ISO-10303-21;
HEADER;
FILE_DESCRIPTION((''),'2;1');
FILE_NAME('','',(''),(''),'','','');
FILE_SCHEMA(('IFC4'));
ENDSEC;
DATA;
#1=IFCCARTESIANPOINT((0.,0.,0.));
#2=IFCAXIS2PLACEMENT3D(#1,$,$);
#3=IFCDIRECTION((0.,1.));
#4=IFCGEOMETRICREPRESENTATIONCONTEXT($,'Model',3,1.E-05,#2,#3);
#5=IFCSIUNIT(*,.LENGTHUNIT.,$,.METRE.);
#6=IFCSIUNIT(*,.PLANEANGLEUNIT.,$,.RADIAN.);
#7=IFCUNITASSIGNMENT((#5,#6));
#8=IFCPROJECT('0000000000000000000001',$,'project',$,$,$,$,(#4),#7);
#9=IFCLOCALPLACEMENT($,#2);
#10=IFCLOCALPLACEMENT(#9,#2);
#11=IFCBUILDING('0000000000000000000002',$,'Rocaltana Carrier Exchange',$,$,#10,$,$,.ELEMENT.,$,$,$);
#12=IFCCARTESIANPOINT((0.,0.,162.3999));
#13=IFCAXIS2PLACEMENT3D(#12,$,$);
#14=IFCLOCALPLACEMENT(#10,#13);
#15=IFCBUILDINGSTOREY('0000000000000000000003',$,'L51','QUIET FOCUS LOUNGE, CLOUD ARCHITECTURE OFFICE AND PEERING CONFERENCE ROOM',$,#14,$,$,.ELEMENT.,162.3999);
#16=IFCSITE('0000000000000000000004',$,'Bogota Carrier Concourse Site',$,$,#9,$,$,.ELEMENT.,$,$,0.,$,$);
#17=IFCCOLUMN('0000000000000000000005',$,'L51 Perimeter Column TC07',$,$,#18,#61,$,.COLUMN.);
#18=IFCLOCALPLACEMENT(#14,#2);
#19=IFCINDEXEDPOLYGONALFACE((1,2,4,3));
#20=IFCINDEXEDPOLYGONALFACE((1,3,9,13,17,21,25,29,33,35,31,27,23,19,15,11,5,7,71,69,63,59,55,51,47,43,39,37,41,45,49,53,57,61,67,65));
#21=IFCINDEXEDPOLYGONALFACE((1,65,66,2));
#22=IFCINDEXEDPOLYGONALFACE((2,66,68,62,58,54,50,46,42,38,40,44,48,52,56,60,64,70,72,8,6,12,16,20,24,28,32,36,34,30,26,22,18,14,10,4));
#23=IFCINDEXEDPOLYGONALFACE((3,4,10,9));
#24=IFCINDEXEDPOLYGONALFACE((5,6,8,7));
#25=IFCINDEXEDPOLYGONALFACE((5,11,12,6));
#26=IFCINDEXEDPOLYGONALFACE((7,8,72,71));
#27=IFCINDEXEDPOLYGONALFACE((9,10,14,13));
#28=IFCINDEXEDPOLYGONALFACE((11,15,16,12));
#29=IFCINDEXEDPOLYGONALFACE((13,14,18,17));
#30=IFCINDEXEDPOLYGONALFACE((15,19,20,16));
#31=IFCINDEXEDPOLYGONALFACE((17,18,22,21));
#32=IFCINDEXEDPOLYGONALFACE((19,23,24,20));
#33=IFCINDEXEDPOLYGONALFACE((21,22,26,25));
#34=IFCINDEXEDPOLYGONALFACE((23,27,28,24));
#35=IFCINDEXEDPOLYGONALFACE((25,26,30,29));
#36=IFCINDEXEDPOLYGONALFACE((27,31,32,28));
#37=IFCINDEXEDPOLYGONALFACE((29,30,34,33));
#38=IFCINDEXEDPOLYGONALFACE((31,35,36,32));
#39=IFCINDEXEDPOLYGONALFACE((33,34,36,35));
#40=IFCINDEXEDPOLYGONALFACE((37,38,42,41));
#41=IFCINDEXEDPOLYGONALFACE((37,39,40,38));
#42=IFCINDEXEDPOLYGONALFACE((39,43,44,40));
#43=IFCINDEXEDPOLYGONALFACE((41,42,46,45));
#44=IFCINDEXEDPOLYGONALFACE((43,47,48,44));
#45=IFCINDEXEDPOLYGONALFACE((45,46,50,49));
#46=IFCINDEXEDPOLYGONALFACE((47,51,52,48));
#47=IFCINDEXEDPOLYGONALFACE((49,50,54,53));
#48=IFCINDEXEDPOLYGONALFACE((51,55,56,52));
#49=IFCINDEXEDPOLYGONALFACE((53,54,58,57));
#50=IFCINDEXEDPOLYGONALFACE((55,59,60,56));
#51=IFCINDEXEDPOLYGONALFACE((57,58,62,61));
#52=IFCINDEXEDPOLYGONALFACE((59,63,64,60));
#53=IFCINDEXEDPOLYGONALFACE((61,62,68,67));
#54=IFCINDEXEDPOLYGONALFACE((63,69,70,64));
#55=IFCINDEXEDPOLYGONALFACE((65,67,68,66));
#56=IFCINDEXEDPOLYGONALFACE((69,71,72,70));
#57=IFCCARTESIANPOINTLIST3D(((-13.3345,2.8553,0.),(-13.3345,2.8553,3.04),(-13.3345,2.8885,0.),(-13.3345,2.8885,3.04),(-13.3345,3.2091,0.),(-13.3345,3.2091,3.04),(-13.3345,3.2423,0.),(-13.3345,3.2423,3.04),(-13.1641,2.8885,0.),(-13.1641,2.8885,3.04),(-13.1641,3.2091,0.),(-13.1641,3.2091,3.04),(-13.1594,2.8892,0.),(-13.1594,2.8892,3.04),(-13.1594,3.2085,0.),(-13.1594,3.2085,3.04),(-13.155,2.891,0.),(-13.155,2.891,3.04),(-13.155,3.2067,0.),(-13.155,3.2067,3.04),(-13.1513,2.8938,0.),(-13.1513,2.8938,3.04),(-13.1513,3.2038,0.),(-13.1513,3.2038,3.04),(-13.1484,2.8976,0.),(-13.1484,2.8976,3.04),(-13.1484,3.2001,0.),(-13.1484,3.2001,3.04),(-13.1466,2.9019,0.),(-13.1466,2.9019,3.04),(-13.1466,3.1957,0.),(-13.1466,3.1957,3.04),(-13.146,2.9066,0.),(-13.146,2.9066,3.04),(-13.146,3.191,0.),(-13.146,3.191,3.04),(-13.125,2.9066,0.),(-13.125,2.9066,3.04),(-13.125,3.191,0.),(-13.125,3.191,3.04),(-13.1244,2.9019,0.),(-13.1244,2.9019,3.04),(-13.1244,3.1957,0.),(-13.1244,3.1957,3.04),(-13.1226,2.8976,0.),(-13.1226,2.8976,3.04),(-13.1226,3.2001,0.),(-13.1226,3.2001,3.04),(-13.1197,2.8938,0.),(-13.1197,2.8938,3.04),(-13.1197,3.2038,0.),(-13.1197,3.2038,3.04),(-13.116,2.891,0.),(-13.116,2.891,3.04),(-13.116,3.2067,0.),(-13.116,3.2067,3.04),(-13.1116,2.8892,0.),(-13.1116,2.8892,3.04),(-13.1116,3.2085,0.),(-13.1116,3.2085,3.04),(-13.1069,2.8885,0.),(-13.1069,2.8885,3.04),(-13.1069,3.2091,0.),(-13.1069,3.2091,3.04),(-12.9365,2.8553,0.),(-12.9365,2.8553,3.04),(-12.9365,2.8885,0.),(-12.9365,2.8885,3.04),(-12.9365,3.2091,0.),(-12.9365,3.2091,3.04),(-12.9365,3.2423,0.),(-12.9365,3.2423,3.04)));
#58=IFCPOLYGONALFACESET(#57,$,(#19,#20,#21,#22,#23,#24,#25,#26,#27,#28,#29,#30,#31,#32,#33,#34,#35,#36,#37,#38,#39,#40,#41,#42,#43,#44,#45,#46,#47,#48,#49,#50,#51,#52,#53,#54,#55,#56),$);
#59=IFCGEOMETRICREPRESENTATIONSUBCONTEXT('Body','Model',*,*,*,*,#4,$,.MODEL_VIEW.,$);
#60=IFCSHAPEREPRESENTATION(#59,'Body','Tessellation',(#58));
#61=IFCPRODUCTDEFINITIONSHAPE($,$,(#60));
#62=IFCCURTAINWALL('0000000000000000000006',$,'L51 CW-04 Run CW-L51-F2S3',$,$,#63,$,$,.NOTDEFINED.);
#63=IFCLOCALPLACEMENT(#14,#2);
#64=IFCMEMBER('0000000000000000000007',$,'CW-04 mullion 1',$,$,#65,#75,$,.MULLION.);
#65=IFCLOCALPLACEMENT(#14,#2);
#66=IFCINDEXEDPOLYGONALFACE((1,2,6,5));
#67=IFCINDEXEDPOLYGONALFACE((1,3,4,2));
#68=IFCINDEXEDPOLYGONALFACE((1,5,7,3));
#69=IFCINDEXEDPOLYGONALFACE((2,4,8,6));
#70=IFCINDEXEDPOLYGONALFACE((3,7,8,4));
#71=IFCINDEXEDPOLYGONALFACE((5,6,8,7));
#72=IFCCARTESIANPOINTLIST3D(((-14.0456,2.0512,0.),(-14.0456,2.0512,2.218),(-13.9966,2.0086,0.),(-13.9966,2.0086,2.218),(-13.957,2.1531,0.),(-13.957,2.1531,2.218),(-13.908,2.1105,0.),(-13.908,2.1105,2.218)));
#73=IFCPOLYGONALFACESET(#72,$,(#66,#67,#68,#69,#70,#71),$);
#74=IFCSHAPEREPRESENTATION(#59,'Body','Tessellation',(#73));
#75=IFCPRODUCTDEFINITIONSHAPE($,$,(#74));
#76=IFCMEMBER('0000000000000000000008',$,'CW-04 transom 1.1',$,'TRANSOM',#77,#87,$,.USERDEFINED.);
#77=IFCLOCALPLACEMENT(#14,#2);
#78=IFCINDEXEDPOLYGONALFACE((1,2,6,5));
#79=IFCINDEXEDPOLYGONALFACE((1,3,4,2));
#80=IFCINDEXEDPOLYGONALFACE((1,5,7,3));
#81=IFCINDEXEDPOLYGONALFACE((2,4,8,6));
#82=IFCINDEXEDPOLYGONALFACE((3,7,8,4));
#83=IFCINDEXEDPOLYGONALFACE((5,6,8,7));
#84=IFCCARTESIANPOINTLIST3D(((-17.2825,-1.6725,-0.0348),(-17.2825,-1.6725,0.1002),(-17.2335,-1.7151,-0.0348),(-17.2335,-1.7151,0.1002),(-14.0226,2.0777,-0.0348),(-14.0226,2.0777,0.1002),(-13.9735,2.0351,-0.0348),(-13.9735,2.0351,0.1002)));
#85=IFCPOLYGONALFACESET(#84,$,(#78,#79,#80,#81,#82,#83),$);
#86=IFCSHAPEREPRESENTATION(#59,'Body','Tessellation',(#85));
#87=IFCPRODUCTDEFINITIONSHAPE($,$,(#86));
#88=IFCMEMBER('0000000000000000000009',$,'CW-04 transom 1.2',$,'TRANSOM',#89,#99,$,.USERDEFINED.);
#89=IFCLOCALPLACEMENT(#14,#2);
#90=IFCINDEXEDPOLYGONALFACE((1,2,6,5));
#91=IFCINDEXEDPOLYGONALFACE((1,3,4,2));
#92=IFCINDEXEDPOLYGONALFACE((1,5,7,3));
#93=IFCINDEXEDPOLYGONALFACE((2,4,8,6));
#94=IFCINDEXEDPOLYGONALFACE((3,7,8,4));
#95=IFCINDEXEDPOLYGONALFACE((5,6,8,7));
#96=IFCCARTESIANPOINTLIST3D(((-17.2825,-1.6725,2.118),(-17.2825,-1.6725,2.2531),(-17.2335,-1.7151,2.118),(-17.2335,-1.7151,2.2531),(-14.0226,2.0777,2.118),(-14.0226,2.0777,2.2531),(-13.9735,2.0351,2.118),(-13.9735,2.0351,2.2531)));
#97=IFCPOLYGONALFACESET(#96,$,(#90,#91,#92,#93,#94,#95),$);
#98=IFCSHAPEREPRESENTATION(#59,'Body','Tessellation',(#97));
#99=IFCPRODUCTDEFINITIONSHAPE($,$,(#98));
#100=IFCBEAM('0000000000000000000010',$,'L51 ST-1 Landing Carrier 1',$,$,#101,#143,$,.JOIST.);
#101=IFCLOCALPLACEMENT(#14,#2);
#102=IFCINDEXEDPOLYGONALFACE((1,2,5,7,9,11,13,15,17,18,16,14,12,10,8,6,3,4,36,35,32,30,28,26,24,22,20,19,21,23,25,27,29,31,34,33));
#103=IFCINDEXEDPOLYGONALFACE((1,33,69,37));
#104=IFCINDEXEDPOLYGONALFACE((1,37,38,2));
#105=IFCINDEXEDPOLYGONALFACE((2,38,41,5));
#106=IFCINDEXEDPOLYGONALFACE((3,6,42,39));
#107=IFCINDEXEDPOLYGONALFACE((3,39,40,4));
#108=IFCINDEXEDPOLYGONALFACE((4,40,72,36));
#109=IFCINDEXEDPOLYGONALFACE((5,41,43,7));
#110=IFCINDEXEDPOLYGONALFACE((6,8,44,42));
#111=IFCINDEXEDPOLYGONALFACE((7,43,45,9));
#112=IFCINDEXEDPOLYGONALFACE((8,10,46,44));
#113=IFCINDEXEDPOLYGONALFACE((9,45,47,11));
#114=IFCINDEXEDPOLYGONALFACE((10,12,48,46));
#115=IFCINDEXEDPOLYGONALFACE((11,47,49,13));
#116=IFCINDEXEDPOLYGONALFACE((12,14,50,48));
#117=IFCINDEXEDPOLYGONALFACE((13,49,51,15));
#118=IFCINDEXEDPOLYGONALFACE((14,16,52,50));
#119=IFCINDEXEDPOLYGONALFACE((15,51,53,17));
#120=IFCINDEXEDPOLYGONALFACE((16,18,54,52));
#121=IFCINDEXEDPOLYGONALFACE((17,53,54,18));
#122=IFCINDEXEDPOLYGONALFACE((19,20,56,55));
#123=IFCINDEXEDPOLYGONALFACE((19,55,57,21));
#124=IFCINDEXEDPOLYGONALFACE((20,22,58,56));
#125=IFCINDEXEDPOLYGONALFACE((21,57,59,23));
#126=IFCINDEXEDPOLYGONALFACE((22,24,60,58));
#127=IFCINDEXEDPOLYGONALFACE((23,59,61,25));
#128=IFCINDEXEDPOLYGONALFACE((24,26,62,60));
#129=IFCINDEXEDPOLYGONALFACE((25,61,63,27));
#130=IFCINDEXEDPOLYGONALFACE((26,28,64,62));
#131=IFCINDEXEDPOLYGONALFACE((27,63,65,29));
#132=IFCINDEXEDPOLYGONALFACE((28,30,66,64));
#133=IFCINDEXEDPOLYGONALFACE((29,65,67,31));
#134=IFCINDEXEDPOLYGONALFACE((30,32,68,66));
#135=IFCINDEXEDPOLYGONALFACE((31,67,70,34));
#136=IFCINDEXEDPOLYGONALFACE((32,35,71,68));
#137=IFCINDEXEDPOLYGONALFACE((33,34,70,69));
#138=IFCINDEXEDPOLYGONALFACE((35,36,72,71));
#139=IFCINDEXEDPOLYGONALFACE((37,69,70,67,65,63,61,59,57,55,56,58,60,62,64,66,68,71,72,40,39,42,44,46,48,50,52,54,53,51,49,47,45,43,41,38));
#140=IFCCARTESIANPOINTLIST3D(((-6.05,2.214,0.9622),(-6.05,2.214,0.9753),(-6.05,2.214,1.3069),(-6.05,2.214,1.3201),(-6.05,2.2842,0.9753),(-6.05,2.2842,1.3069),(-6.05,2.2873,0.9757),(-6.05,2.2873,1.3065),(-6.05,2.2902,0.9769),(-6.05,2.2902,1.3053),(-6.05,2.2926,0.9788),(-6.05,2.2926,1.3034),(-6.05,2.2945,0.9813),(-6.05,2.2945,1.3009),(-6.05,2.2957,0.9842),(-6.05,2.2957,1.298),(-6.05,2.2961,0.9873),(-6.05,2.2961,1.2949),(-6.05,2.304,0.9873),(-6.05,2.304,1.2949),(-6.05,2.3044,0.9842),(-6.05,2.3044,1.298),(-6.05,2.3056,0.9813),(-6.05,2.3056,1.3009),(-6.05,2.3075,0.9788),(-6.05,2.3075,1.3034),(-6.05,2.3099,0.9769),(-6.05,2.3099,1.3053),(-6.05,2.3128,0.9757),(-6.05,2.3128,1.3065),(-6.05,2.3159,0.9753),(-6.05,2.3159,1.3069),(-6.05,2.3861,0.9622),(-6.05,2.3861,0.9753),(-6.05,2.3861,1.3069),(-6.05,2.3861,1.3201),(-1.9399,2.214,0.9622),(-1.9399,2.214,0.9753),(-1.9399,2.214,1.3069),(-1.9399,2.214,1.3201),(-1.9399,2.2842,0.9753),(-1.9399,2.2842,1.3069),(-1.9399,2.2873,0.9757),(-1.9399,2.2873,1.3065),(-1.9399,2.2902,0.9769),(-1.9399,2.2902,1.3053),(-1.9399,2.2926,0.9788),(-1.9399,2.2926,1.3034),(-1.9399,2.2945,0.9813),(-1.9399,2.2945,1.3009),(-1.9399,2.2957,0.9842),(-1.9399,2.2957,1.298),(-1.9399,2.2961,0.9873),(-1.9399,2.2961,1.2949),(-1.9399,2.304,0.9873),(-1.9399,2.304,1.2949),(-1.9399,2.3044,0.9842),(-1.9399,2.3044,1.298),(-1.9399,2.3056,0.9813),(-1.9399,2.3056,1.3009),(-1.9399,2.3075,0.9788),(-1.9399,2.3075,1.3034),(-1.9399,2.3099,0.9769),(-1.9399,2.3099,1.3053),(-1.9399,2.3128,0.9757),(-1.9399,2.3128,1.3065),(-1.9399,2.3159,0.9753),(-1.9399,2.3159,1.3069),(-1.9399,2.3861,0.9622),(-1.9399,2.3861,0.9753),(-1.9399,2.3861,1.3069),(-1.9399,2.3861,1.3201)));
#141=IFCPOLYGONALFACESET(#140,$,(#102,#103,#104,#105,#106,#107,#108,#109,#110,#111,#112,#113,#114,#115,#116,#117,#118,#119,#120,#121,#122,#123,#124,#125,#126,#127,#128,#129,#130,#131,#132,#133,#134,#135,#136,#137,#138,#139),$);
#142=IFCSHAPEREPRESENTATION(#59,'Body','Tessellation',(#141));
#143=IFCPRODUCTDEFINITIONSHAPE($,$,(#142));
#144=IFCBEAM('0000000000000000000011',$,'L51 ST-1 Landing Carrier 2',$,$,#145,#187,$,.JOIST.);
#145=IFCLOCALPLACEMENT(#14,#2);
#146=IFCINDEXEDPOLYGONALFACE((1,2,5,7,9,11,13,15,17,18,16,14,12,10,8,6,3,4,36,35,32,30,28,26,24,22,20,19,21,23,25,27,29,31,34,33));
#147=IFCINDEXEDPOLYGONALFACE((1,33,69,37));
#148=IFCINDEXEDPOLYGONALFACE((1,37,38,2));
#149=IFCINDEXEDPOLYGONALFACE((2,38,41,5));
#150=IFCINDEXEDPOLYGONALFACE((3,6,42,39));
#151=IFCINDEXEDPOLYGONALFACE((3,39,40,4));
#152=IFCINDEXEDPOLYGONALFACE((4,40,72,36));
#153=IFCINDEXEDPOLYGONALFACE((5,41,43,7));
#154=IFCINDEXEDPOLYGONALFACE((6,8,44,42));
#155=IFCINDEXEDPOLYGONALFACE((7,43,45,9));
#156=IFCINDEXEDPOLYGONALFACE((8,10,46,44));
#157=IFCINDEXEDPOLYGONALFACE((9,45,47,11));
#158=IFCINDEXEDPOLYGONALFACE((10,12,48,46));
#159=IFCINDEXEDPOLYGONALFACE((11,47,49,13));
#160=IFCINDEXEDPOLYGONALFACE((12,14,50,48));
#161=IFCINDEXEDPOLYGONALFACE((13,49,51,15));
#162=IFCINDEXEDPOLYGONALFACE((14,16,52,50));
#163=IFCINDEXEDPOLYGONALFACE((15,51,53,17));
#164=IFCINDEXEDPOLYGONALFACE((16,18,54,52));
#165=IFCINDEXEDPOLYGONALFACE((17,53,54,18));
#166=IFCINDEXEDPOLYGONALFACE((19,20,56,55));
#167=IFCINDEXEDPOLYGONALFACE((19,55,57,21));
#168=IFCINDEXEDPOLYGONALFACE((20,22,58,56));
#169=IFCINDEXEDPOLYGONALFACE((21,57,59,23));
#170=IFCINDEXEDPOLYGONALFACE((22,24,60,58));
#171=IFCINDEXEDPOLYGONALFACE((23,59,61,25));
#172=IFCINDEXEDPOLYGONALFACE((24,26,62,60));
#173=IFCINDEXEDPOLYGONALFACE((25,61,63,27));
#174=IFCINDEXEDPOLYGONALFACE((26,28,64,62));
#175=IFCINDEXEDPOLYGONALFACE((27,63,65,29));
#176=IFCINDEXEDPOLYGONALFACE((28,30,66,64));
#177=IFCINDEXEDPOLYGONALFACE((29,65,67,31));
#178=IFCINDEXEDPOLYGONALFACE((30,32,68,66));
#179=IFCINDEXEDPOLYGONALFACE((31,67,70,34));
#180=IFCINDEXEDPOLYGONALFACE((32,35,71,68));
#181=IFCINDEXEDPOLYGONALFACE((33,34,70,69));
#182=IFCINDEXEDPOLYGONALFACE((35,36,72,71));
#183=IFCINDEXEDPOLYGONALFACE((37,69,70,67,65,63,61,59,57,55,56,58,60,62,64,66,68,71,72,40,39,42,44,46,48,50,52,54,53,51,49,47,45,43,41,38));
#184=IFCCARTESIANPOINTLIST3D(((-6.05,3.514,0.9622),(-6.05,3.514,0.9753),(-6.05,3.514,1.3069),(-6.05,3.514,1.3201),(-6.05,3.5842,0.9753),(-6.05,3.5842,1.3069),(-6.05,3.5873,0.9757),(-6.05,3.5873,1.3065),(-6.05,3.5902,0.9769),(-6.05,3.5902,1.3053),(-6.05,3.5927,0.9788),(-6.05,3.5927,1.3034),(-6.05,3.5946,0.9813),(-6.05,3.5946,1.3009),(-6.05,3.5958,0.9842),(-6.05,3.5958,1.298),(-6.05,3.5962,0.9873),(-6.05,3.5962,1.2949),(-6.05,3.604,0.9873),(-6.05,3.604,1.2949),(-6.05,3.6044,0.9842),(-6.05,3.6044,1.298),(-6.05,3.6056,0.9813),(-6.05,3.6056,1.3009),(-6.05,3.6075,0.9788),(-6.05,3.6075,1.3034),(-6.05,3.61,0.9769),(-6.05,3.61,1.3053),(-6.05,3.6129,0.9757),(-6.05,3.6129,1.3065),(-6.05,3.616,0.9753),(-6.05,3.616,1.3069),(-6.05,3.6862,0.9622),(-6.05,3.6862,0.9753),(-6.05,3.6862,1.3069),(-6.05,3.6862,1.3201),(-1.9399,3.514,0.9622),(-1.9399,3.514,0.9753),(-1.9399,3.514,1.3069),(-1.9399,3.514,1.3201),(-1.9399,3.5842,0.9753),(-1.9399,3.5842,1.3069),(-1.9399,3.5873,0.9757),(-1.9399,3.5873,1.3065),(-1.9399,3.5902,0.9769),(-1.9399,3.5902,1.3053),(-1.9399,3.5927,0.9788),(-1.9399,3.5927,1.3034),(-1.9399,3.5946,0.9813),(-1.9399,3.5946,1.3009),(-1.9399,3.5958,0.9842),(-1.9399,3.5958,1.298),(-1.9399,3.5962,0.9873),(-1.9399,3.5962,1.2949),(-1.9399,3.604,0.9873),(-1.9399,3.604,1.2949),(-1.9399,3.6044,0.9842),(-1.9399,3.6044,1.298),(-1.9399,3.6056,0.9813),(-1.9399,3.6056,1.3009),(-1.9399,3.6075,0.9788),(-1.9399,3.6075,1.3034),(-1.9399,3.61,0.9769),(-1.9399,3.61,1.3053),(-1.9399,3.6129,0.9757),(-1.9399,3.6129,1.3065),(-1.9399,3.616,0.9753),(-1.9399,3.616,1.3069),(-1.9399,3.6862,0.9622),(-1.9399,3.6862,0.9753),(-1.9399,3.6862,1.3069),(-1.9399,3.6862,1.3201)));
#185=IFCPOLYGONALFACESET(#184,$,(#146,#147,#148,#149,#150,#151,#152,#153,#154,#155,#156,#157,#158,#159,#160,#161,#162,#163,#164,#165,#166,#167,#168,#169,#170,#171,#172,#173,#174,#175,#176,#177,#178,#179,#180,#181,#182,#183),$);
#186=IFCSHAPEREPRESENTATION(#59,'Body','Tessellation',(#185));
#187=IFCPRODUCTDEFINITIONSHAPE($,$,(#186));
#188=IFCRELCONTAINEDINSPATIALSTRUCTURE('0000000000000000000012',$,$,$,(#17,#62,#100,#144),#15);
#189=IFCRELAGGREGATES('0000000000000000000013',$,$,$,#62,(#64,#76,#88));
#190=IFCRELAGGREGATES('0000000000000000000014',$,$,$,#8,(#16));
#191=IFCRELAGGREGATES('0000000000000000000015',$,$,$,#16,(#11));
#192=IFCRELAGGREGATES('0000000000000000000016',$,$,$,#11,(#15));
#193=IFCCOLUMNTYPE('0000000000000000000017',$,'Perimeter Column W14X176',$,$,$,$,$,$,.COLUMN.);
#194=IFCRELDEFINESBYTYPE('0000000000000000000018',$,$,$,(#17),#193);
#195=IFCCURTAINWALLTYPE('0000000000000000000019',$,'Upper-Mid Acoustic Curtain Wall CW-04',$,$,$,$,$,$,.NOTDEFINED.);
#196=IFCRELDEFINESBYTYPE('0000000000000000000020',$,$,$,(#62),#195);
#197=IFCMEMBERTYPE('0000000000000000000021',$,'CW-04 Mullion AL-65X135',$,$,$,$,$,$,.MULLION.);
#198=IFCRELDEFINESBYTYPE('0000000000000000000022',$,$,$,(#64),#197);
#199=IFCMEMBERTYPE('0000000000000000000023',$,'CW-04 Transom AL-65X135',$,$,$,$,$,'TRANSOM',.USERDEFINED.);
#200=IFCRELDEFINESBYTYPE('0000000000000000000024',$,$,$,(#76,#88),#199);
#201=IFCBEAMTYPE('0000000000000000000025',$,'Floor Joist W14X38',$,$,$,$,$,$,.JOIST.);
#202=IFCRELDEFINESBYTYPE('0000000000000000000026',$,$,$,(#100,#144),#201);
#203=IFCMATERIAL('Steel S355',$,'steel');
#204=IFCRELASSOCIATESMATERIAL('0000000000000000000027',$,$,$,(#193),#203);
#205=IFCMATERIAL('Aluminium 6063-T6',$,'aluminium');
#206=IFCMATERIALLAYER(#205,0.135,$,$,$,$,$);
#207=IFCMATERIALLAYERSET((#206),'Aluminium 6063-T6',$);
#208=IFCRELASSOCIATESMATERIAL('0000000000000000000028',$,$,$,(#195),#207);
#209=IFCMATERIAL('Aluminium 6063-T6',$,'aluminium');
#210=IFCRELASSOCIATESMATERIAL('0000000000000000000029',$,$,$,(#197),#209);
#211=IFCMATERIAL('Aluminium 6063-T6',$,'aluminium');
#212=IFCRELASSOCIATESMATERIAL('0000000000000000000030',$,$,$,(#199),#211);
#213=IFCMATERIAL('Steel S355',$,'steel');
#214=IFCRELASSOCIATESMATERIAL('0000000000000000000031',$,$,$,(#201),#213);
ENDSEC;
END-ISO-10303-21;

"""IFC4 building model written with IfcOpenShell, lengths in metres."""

from ifc_helpers import new_model, si_unit, direction, frame, origin, origin_2d, place, context, subcontext, project, spatial, rectangle, i_section, extrude, material, layer, layer_set, material_profile, profile_set, type_object, element, aggregate, save


model = new_model("IFC4")

# Units and contexts
model_context = context("Model", 3, precision=1e-05, world=origin(), true_north=direction((0.0, 1.0)))
body_context = subcontext(model_context, "Body", "Model", "MODEL_VIEW")
ifc_project = project(units=[si_unit("LENGTHUNIT", "METRE"), si_unit("PLANEANGLEUNIT", "RADIAN")], contexts=[model_context])

# Site, building, storey
site_placement = place(None, origin())
site = spatial("IfcSite", under=ifc_project, at=site_placement, Name="Bogota Carrier Concourse Site", CompositionType="ELEMENT", RefElevation=0.0)
building_placement = place(site_placement, origin())
building = spatial("IfcBuilding", under=site, at=building_placement, Name="Rocaltana Carrier Exchange", CompositionType="ELEMENT")
storey_placement = place(building_placement, frame((0.0, 0.0, 162.3999)))
storey = spatial("IfcBuildingStorey", under=building, at=storey_placement, Name="L51", Description="QUIET FOCUS LOUNGE, CLOUD ARCHITECTURE OFFICE AND PEERING CONFERENCE ROOM", CompositionType="ELEMENT", Elevation=162.3999)

# Column
ifc_material_1 = material(Name="Steel S355", Category="steel")
ifc_material_profile_1 = material_profile(ifc_material_1, i_section(OverallWidth=0.3979, OverallDepth=0.387, WebThickness=0.021, FlangeThickness=0.0332, FilletRadius=0.0181, at=origin_2d()), Name="W14X176")
ifc_profile_set_1 = profile_set([ifc_material_profile_1], Name="Steel S355")
column_type = type_object("IfcColumnType", Name="Perimeter Column W14X176", PredefinedType="COLUMN", material=ifc_profile_set_1)
column_placement = place(storey_placement, frame((-13.1355, 3.0488, 0.0), z_axis=(0.0, 0.0, 1.0), x_axis=(1.0, 0.0, 0.0)))
element("IfcColumn", 1, at=column_placement, inside=storey, type_object=column_type, Name="L51 Perimeter Column TC07", PredefinedType="COLUMN", context=body_context, shape_type="SweptSolid", body=[
    extrude(i_section(OverallWidth=0.3979, OverallDepth=0.387, WebThickness=0.021, FlangeThickness=0.0332, FilletRadius=0.0181, at=origin_2d()), origin(), (0.0, 0.0, 1.0), 3.04),
])

# Curtain wall, members
ifc_material_2 = material(Name="Aluminium 6063-T6", Category="aluminium")
ifc_layer_1 = layer(ifc_material_2, 0.135)
ifc_layer_set_1 = layer_set([ifc_layer_1], Name="Aluminium 6063-T6")
curtain_wall_type = type_object("IfcCurtainWallType", Name="Upper-Mid Acoustic Curtain Wall CW-04", PredefinedType="NOTDEFINED", material=ifc_layer_set_1)
curtain_wall_placement = place(storey_placement, origin())
curtain_wall = element("IfcCurtainWall", 2, at=curtain_wall_placement, inside=storey, type_object=curtain_wall_type, Name="L51 CW-04 Run CW-L51-F2S3", PredefinedType="NOTDEFINED")
ifc_material_3 = material(Name="Aluminium 6063-T6", Category="aluminium")
ifc_material_profile_2 = material_profile(ifc_material_3, rectangle(XDim=0.0649, YDim=0.135, at=origin_2d()), Name="AL-65X135")
ifc_profile_set_2 = profile_set([ifc_material_profile_2], Name="Aluminium 6063-T6")
member_type_1 = type_object("IfcMemberType", Name="CW-04 Mullion AL-65X135", PredefinedType="MULLION", material=ifc_profile_set_2)
member_1_placement = place(storey_placement, frame((-13.9768, 2.0808, 0.0), z_axis=(0.0, 0.0, 1.0), x_axis=(0.754712, -0.656057, 0.0)))
member_1 = element("IfcMember", 3, at=member_1_placement, type_object=member_type_1, Name="CW-04 mullion 1", PredefinedType="MULLION", context=body_context, shape_type="SweptSolid", body=[
    extrude(rectangle(XDim=0.0649, YDim=0.135, at=origin_2d()), origin(), (0.0, 0.0, 1.0), 2.218),
])
ifc_material_4 = material(Name="Aluminium 6063-T6", Category="aluminium")
ifc_material_profile_3 = material_profile(ifc_material_4, rectangle(XDim=0.0649, YDim=0.135, at=origin_2d()), Name="AL-65X135")
ifc_profile_set_3 = profile_set([ifc_material_profile_3], Name="Aluminium 6063-T6")
member_type_2 = type_object("IfcMemberType", Name="CW-04 Transom AL-65X135", ElementType="TRANSOM", PredefinedType="USERDEFINED", material=ifc_profile_set_3)
member_2_placement = place(storey_placement, frame((-13.998, 2.0564, 0.0327), z_axis=(-0.656056, -0.754712, 0.0), x_axis=(0.754712, -0.656056, 0.0)))
member_2 = element("IfcMember", 4, at=member_2_placement, type_object=member_type_2, Name="CW-04 transom 1.1", ObjectType="TRANSOM", PredefinedType="USERDEFINED", context=body_context, shape_type="SweptSolid", body=[
    extrude(rectangle(XDim=0.0649, YDim=0.135, at=origin_2d()), origin(), (0.0, 0.0, 1.0), 4.969),
])
member_3_placement = place(storey_placement, frame((-13.998, 2.0564, 2.1855), z_axis=(-0.656056, -0.754712, 0.0), x_axis=(0.754712, -0.656056, 0.0)))
member_3 = element("IfcMember", 5, at=member_3_placement, type_object=member_type_2, Name="CW-04 transom 1.2", ObjectType="TRANSOM", PredefinedType="USERDEFINED", context=body_context, shape_type="SweptSolid", body=[
    extrude(rectangle(XDim=0.0649, YDim=0.135, at=origin_2d()), origin(), (0.0, 0.0, 1.0), 4.969),
])

# Beams
ifc_material_5 = material(Name="Steel S355", Category="steel")
ifc_material_profile_4 = material_profile(ifc_material_5, i_section(OverallWidth=0.1721, OverallDepth=0.3579, WebThickness=0.0078, FlangeThickness=0.0132, FilletRadius=0.012, at=origin_2d()), Name="W14X38")
ifc_profile_set_4 = profile_set([ifc_material_profile_4], Name="Steel S355")
beam_type_1 = type_object("IfcBeamType", Name="Floor Joist W14X38", PredefinedType="JOIST", material=ifc_profile_set_4)
for number, where, z_axis, x_axis, name in (
    (6, (-6.05, 2.3, 1.1411), (1.0, 0.0, 0.0), (0.0, 1.0, 0.0), "L51 ST-1 Landing Carrier 1"),
    (7, (-6.05, 3.6001, 1.1411), (1.0, 0.0, 0.0), (0.0, 1.0, 0.0), "L51 ST-1 Landing Carrier 2"),
):
    element("IfcBeam", number, at=place(storey_placement, frame(where, z_axis=z_axis, x_axis=x_axis)), inside=storey, type_object=beam_type_1, Name=name, PredefinedType="JOIST", context=body_context, shape_type="SweptSolid", body=[
        extrude(i_section(OverallWidth=0.1721, OverallDepth=0.3579, WebThickness=0.0078, FlangeThickness=0.0132, FilletRadius=0.012, at=origin_2d()), origin(), (0.0, 0.0, 1.0), 4.1101),
    ])

aggregate(curtain_wall, [member_1, member_2, member_3])

save(model, "model.ifc")
